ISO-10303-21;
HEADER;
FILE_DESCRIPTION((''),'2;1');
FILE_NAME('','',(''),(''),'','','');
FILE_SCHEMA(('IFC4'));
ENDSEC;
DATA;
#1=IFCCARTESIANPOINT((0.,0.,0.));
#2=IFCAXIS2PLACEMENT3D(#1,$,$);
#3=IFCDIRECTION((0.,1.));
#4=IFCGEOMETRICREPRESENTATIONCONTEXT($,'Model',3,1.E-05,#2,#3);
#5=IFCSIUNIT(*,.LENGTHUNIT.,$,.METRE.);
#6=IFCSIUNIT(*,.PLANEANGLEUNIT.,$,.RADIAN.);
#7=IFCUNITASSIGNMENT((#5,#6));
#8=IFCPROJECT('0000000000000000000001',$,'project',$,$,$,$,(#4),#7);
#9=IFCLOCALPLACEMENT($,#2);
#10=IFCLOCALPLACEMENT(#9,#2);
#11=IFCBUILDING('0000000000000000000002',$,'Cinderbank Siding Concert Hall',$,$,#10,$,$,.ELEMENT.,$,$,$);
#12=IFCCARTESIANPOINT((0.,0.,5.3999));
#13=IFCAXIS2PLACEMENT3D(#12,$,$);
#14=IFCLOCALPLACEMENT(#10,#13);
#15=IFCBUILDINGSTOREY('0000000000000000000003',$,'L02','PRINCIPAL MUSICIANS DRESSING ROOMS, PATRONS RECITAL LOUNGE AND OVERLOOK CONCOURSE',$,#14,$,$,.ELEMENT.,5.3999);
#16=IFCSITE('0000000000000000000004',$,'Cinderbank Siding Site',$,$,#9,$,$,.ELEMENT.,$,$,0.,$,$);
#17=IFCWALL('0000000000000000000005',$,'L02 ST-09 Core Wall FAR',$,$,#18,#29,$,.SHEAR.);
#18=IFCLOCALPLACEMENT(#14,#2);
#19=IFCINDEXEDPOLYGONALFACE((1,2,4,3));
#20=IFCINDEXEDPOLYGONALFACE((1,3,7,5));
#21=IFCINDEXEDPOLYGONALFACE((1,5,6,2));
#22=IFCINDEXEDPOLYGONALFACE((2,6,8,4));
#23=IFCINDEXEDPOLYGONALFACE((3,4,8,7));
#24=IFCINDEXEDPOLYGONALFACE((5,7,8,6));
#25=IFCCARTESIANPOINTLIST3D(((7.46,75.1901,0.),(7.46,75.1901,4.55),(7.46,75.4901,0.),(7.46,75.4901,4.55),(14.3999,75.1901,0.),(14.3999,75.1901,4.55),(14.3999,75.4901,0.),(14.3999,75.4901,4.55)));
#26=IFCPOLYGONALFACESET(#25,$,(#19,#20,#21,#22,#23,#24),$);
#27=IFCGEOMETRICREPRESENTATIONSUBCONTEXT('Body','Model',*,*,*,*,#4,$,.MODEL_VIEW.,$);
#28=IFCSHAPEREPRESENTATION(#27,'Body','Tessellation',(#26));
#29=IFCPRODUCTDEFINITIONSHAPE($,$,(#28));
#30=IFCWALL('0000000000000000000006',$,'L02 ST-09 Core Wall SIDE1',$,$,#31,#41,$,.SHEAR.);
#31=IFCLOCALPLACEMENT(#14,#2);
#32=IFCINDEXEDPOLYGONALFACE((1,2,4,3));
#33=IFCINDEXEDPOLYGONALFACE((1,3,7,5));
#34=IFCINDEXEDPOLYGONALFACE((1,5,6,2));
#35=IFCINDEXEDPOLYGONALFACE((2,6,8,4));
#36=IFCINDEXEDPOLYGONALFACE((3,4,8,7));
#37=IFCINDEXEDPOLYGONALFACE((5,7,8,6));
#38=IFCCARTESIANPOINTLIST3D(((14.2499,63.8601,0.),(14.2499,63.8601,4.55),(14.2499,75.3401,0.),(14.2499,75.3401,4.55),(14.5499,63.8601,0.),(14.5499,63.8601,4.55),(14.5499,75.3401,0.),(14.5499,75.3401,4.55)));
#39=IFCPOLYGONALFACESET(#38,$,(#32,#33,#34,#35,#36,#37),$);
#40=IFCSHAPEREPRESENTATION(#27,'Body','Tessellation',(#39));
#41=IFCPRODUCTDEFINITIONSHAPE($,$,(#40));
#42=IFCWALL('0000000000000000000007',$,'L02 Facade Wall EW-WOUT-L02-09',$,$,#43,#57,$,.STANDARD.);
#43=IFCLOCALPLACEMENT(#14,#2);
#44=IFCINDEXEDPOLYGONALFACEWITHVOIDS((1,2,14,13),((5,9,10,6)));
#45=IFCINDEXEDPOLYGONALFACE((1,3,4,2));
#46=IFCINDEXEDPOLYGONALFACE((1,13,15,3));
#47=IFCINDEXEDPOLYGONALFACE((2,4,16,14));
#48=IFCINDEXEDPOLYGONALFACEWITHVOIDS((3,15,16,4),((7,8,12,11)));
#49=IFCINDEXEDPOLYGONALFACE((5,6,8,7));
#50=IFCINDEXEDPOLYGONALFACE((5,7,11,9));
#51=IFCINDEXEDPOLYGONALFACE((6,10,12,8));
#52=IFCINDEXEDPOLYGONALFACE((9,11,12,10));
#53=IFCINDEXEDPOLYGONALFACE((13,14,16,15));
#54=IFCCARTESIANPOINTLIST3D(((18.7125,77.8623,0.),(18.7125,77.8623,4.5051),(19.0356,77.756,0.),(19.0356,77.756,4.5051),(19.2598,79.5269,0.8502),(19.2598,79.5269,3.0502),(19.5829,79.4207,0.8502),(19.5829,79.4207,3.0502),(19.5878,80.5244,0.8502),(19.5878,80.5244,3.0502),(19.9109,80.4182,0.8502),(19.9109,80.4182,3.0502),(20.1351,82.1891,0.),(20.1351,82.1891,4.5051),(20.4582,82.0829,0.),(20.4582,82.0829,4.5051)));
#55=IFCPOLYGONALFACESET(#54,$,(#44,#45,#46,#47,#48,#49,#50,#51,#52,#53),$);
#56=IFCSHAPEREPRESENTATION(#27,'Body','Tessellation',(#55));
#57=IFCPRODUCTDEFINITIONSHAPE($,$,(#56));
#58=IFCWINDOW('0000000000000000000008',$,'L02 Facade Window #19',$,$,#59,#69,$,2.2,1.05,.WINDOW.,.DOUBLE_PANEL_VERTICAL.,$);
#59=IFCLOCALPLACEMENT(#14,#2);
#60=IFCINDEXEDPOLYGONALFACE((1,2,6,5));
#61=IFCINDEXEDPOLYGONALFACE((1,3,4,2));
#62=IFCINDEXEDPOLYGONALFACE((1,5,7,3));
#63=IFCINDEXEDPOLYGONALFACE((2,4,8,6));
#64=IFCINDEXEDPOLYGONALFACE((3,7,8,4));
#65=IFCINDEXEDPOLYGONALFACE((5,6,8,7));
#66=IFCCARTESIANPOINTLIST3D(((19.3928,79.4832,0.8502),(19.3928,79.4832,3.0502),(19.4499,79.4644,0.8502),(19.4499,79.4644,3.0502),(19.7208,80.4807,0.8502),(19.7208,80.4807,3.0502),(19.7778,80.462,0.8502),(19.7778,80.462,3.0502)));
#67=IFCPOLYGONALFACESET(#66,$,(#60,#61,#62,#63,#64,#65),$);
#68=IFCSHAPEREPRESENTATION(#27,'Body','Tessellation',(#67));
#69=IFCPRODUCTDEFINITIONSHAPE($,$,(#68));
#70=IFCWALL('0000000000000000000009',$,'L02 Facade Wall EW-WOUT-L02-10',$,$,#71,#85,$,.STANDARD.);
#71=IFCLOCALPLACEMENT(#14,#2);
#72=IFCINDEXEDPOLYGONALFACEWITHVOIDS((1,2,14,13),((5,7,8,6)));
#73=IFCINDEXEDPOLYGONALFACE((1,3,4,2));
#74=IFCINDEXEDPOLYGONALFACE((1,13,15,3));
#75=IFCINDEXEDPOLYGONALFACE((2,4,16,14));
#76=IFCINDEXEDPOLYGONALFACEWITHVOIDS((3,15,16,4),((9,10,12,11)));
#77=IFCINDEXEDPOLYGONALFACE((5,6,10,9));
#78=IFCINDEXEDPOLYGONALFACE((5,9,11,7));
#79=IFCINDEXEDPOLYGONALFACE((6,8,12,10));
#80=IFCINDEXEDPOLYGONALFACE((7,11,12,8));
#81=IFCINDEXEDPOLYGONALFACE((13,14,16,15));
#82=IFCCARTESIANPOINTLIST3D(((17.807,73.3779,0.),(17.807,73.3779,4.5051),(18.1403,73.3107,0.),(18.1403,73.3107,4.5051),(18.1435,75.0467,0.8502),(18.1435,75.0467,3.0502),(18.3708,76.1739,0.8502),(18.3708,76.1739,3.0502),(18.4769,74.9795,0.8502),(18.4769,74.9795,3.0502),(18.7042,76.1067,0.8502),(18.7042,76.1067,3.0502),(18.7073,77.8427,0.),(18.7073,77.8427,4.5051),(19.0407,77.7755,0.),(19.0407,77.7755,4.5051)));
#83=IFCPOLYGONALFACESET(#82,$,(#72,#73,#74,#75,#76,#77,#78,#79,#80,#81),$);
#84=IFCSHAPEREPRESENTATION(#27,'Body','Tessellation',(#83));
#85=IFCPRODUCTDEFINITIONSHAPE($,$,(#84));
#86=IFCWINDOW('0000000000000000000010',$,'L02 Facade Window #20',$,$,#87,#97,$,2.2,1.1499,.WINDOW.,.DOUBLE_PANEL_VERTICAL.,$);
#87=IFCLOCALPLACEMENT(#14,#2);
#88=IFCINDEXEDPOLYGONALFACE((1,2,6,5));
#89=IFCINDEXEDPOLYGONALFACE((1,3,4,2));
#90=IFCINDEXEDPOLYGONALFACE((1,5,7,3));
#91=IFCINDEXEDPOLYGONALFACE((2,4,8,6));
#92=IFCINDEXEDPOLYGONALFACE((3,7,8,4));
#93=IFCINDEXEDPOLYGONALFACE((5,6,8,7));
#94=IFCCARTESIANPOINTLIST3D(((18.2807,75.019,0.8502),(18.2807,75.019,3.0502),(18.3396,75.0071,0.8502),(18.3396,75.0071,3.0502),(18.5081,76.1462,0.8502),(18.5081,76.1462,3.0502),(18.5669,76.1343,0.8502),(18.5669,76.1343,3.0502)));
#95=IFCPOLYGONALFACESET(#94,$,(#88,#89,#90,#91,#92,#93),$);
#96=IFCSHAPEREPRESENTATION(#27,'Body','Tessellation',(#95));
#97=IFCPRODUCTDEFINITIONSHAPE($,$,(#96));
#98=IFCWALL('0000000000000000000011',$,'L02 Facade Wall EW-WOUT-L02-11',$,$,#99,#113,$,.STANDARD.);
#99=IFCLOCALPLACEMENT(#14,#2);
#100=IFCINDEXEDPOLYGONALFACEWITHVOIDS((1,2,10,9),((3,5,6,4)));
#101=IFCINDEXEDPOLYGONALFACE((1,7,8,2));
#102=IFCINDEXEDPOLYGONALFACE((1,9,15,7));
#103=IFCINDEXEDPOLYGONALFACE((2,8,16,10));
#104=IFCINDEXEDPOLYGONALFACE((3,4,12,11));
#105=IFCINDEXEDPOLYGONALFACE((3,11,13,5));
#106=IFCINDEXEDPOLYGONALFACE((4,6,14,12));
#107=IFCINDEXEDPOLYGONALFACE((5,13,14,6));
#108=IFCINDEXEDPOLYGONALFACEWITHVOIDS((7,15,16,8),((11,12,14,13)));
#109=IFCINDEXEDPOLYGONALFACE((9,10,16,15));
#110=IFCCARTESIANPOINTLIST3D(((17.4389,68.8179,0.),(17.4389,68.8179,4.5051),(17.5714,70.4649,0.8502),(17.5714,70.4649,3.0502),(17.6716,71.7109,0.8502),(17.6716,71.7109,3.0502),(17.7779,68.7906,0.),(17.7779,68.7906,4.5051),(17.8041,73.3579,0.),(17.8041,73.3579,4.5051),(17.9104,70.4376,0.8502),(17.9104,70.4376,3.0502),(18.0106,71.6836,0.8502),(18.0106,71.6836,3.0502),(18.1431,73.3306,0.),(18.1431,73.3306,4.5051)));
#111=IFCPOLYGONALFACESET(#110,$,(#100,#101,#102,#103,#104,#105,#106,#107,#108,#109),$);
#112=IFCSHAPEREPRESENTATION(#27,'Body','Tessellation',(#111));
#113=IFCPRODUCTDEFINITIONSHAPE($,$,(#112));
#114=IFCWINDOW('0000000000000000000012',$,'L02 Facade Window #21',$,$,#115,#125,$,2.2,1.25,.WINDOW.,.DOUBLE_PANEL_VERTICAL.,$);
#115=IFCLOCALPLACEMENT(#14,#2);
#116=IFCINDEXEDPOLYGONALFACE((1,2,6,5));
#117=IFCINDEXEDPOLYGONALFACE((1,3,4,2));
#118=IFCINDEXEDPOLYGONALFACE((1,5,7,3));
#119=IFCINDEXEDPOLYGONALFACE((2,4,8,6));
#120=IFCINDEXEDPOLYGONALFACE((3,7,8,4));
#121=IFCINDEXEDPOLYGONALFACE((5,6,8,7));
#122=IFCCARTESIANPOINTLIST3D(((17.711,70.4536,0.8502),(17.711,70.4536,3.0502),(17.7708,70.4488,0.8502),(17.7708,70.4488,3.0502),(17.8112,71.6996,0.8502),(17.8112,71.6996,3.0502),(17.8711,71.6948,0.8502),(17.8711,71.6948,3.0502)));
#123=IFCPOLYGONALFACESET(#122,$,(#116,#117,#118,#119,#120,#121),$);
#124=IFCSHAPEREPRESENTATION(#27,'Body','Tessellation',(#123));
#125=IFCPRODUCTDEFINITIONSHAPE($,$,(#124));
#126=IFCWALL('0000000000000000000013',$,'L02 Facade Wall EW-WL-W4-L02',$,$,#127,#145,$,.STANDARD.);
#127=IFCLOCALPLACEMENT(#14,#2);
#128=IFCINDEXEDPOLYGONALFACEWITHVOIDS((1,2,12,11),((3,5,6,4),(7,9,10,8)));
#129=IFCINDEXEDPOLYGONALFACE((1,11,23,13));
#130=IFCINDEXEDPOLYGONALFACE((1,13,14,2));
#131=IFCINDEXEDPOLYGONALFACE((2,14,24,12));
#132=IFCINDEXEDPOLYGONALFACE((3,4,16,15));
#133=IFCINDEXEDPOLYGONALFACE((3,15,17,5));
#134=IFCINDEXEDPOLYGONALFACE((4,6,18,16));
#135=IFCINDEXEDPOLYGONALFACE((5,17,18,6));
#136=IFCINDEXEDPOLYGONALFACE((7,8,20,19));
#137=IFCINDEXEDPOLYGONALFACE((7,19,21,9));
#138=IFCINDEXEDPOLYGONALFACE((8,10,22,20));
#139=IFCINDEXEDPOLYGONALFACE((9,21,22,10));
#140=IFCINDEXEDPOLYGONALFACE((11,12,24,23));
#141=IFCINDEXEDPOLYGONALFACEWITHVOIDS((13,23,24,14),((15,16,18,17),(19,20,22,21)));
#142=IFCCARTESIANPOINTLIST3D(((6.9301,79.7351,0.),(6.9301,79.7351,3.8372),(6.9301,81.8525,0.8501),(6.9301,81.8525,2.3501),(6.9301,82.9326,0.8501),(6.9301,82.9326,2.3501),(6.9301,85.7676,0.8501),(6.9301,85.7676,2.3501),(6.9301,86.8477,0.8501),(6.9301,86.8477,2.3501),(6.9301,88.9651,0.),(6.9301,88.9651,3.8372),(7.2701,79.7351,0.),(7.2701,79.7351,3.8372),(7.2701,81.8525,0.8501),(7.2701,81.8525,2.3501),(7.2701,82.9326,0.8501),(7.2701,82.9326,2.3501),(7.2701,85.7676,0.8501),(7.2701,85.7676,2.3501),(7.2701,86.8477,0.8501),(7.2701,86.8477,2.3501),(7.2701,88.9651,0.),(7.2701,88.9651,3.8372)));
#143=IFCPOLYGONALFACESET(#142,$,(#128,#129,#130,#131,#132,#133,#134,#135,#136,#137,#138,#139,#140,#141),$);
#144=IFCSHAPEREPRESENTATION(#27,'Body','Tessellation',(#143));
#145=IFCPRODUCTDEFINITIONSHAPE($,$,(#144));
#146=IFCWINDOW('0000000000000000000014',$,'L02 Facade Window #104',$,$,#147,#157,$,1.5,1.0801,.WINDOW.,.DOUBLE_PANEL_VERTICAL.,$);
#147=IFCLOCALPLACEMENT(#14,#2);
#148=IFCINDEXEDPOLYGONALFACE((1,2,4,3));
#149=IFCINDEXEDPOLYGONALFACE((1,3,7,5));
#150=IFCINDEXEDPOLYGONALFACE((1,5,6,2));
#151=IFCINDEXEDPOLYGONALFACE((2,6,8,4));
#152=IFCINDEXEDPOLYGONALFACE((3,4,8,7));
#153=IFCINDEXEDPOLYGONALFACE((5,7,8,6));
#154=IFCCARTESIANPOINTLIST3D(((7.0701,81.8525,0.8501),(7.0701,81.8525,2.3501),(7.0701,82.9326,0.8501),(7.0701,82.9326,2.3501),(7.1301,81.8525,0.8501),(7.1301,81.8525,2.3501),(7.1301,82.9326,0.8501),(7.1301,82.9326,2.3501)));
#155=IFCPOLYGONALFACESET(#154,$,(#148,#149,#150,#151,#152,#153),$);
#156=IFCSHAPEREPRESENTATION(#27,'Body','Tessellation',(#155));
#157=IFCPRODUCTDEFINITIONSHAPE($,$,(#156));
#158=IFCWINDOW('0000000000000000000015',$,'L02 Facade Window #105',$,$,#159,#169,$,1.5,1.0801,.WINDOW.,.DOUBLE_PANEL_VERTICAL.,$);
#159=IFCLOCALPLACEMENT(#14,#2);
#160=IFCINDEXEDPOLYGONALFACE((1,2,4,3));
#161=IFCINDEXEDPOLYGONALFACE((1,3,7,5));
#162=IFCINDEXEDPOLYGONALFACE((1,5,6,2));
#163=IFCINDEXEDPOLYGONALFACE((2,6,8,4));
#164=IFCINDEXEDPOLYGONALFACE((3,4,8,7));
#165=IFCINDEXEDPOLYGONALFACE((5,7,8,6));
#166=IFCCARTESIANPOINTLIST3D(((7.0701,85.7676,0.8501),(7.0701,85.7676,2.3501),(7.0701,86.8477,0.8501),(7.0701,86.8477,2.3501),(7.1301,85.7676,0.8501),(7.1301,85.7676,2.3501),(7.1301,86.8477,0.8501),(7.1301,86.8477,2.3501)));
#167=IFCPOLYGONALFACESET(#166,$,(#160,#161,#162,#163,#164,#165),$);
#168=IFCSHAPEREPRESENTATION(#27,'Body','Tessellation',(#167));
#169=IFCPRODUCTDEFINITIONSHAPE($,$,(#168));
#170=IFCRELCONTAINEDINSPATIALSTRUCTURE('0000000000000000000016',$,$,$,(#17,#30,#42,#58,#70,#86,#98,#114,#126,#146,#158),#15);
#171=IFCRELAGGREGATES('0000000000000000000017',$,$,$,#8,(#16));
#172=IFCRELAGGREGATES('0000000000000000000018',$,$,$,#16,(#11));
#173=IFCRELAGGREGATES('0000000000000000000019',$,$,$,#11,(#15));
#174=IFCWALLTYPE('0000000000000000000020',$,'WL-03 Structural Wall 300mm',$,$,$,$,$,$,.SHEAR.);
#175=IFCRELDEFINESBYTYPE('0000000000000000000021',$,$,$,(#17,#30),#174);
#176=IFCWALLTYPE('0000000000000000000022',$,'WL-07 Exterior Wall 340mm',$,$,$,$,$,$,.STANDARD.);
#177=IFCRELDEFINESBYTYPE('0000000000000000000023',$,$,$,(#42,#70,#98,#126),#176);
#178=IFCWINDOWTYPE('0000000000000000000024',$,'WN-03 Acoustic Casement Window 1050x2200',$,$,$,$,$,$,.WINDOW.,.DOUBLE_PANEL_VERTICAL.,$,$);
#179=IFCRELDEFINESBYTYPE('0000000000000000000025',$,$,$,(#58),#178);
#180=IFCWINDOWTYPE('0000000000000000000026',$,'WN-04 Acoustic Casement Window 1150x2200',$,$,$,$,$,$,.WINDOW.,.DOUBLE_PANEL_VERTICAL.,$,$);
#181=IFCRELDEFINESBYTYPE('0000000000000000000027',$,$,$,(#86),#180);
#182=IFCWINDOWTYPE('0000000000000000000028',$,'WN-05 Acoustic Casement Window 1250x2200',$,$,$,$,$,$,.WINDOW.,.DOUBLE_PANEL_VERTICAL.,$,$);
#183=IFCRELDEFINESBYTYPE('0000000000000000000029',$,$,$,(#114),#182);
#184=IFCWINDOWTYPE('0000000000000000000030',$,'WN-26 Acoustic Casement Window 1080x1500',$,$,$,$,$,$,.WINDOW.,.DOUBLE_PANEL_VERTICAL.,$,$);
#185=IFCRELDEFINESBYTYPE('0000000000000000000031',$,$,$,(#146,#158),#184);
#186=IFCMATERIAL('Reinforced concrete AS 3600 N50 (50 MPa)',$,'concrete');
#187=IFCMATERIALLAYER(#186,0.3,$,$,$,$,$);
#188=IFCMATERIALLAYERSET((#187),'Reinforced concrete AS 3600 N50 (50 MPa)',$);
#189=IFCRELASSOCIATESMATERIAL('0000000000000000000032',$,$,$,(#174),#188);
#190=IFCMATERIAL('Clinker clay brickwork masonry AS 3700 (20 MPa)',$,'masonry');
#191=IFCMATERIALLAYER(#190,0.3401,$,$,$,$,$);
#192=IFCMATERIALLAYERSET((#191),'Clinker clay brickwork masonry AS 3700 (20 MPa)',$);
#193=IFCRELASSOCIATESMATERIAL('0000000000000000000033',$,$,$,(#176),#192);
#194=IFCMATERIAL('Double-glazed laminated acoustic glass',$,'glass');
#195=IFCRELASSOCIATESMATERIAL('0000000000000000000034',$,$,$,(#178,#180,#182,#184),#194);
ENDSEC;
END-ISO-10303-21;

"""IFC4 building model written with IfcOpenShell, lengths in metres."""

from ifc_helpers import new_model, si_unit, direction, frame, frame_2d, origin, place, context, subcontext, project, spatial, rectangle, extrude, material, layer, layer_set, type_object, element, fill, save


model = new_model("IFC4")

# Units and contexts
model_context = context("Model", 3, precision=1e-05, world=origin(), true_north=direction((0.0, 1.0)))
body_context = subcontext(model_context, "Body", "Model", "MODEL_VIEW")
ifc_project = project(units=[si_unit("LENGTHUNIT", "METRE"), si_unit("PLANEANGLEUNIT", "RADIAN")], contexts=[model_context])

# Site, building, storey
site_placement = place(None, origin())
site = spatial("IfcSite", under=ifc_project, at=site_placement, Name="Cinderbank Siding Site", CompositionType="ELEMENT", RefElevation=0.0)
building_placement = place(site_placement, origin())
building = spatial("IfcBuilding", under=site, at=building_placement, Name="Cinderbank Siding Concert Hall", CompositionType="ELEMENT")
storey_placement = place(building_placement, frame((0.0, 0.0, 5.3999)))
storey = spatial("IfcBuildingStorey", under=building, at=storey_placement, Name="L02", Description="PRINCIPAL MUSICIANS DRESSING ROOMS, PATRONS RECITAL LOUNGE AND OVERLOOK CONCOURSE", CompositionType="ELEMENT", Elevation=5.3999)

# Shared definitions
ifc_material_1 = material(Name="Reinforced concrete AS 3600 N50 (50 MPa)", Category="concrete")

# Walls
ifc_layer_1 = layer(ifc_material_1, 0.3)
ifc_layer_set_1 = layer_set([ifc_layer_1], Name="Reinforced concrete AS 3600 N50 (50 MPa)")
wall_type_1 = type_object("IfcWallType", Name="WL-03 Structural Wall 300mm", PredefinedType="SHEAR", material=ifc_layer_set_1)
wall_1_placement = place(storey_placement, frame((7.46, 75.3401, 0.0), z_axis=(0.0, 0.0, 1.0), x_axis=(1.0, 0.0, 0.0)))
element("IfcWall", 1, at=wall_1_placement, inside=storey, type_object=wall_type_1, Name="L02 ST-09 Core Wall FAR", PredefinedType="SHEAR", context=body_context, shape_type="SweptSolid", body=[
    extrude(rectangle(XDim=6.9399, YDim=0.3, at=frame_2d((3.47, 0.0))), origin(), (0.0, 0.0, 1.0), 4.55),
])
wall_2_placement = place(storey_placement, frame((14.3999, 75.3401, 0.0), z_axis=(0.0, 0.0, 1.0), x_axis=(0.0, -1.0, 0.0)))
element("IfcWall", 2, at=wall_2_placement, inside=storey, type_object=wall_type_1, Name="L02 ST-09 Core Wall SIDE1", PredefinedType="SHEAR", context=body_context, shape_type="SweptSolid", body=[
    extrude(rectangle(XDim=11.48, YDim=0.3, at=frame_2d((5.74, 0.0))), origin(), (0.0, 0.0, 1.0), 4.55),
])

# Walls, openings, windows
ifc_material_2 = material(Name="Clinker clay brickwork masonry AS 3700 (20 MPa)", Category="masonry")
ifc_layer_2 = layer(ifc_material_2, 0.3401)
ifc_layer_set_2 = layer_set([ifc_layer_2], Name="Clinker clay brickwork masonry AS 3700 (20 MPa)")
wall_type_2 = type_object("IfcWallType", Name="WL-07 Exterior Wall 340mm", PredefinedType="STANDARD", material=ifc_layer_set_2)
wall_3_placement = place(storey_placement, frame((20.2966, 82.136, 0.0), z_axis=(0.0, 0.0, 1.0), x_axis=(-0.312334, -0.949972, 0.0)))
wall_3 = element("IfcWall", 3, at=wall_3_placement, inside=storey, type_object=wall_type_2, Name="L02 Facade Wall EW-WOUT-L02-09", PredefinedType="STANDARD", context=body_context, shape_type="SweptSolid", body=[
    extrude(rectangle(XDim=4.5547, YDim=0.3401, at=frame_2d((2.2773, 0.0))), origin(), (0.0, 0.0, 1.0), 4.5051),
])
opening_1_placement = place(wall_3_placement, frame((1.7524, 0.0, 0.8501)))
opening_1 = element("IfcOpeningElement", 4, at=opening_1_placement, cuts=wall_3, PredefinedType="OPENING", context=body_context, shape_type="SweptSolid", body=[
    extrude(rectangle(XDim=1.05, YDim=2.2, at=frame_2d((0.5249, 1.1001))), frame((0.0, 0.1821, 0.0), z_axis=(0.0, -1.0, 0.0), x_axis=(1.0, 0.0, 0.0)), (0.0, 0.0, 1.0), 0.364),
])
ifc_material_3 = material(Name="Double-glazed laminated acoustic glass", Category="glass")
window_type_1 = type_object("IfcWindowType", Name="WN-03 Acoustic Casement Window 1050x2200", PartitioningType="DOUBLE_PANEL_VERTICAL", PredefinedType="WINDOW", material=ifc_material_3)
window_1_placement = place(opening_1_placement, origin())
window_1 = element("IfcWindow", 5, at=window_1_placement, inside=storey, type_object=window_type_1, Name="L02 Facade Window #19", OverallHeight=2.2, OverallWidth=1.05, PartitioningType="DOUBLE_PANEL_VERTICAL", PredefinedType="WINDOW", context=body_context, shape_type="SweptSolid", body=[
    extrude(rectangle(XDim=1.05, YDim=2.2, at=frame_2d((0.5249, 1.1001))), frame((0.0, 0.03, 0.0), z_axis=(0.0, -1.0, 0.0), x_axis=(1.0, 0.0, 0.0)), (0.0, 0.0, 1.0), 0.0601),
])
fill(opening_1, window_1)
wall_4_placement = place(storey_placement, frame((18.874, 77.8091, 0.0), z_axis=(0.0, 0.0, 1.0), x_axis=(-0.197683, -0.980266, 0.0)))
wall_4 = element("IfcWall", 6, at=wall_4_placement, inside=storey, type_object=wall_type_2, Name="L02 Facade Wall EW-WOUT-L02-10", PredefinedType="STANDARD", context=body_context, shape_type="SweptSolid", body=[
    extrude(rectangle(XDim=4.5547, YDim=0.3401, at=frame_2d((2.2773, 0.0))), origin(), (0.0, 0.0, 1.0), 4.5051),
])
opening_2_placement = place(wall_4_placement, frame((1.7024, 0.0, 0.8501)))
opening_2 = element("IfcOpeningElement", 7, at=opening_2_placement, cuts=wall_4, PredefinedType="OPENING", context=body_context, shape_type="SweptSolid", body=[
    extrude(rectangle(XDim=1.1499, YDim=2.2, at=frame_2d((0.575, 1.1001))), frame((0.0, 0.1821, 0.0), z_axis=(0.0, -1.0, 0.0), x_axis=(1.0, 0.0, 0.0)), (0.0, 0.0, 1.0), 0.364),
])
window_type_2 = type_object("IfcWindowType", Name="WN-04 Acoustic Casement Window 1150x2200", PartitioningType="DOUBLE_PANEL_VERTICAL", PredefinedType="WINDOW", material=ifc_material_3)
window_2_placement = place(opening_2_placement, origin())
window_2 = element("IfcWindow", 8, at=window_2_placement, inside=storey, type_object=window_type_2, Name="L02 Facade Window #20", OverallHeight=2.2, OverallWidth=1.1499, PartitioningType="DOUBLE_PANEL_VERTICAL", PredefinedType="WINDOW", context=body_context, shape_type="SweptSolid", body=[
    extrude(rectangle(XDim=1.1499, YDim=2.2, at=frame_2d((0.575, 1.1001))), frame((0.0, 0.03, 0.0), z_axis=(0.0, -1.0, 0.0), x_axis=(1.0, 0.0, 0.0)), (0.0, 0.0, 1.0), 0.0601),
])
fill(opening_2, window_2)
wall_5_placement = place(storey_placement, frame((17.9736, 73.3442, 0.0), z_axis=(0.0, 0.0, 1.0), x_axis=(-0.080188, -0.99678, 0.0)))
wall_5 = element("IfcWall", 9, at=wall_5_placement, inside=storey, type_object=wall_type_2, Name="L02 Facade Wall EW-WOUT-L02-11", PredefinedType="STANDARD", context=body_context, shape_type="SweptSolid", body=[
    extrude(rectangle(XDim=4.5547, YDim=0.3401, at=frame_2d((2.2773, 0.0))), origin(), (0.0, 0.0, 1.0), 4.5051),
])
opening_3_placement = place(wall_5_placement, frame((1.6523, 0.0, 0.8501)))
opening_3 = element("IfcOpeningElement", 10, at=opening_3_placement, cuts=wall_5, PredefinedType="OPENING", context=body_context, shape_type="SweptSolid", body=[
    extrude(rectangle(XDim=1.25, YDim=2.2, at=frame_2d((0.625, 1.1001))), frame((0.0, 0.1821, 0.0), z_axis=(0.0, -1.0, 0.0), x_axis=(1.0, 0.0, 0.0)), (0.0, 0.0, 1.0), 0.364),
])
window_type_3 = type_object("IfcWindowType", Name="WN-05 Acoustic Casement Window 1250x2200", PartitioningType="DOUBLE_PANEL_VERTICAL", PredefinedType="WINDOW", material=ifc_material_3)
window_3_placement = place(opening_3_placement, origin())
window_3 = element("IfcWindow", 11, at=window_3_placement, inside=storey, type_object=window_type_3, Name="L02 Facade Window #21", OverallHeight=2.2, OverallWidth=1.25, PartitioningType="DOUBLE_PANEL_VERTICAL", PredefinedType="WINDOW", context=body_context, shape_type="SweptSolid", body=[
    extrude(rectangle(XDim=1.25, YDim=2.2, at=frame_2d((0.625, 1.1001))), frame((0.0, 0.03, 0.0), z_axis=(0.0, -1.0, 0.0), x_axis=(1.0, 0.0, 0.0)), (0.0, 0.0, 1.0), 0.0601),
])
fill(opening_3, window_3)

# Wall, openings, windows
wall_6_placement = place(storey_placement, frame((7.1001, 79.7351, 0.0), z_axis=(0.0, 0.0, 1.0), x_axis=(0.0, 1.0, 0.0)))
wall_6 = element("IfcWall", 12, at=wall_6_placement, inside=storey, type_object=wall_type_2, Name="L02 Facade Wall EW-WL-W4-L02", PredefinedType="STANDARD", context=body_context, shape_type="SweptSolid", body=[
    extrude(rectangle(XDim=9.23, YDim=0.3401, at=frame_2d((4.615, 0.0))), origin(), (0.0, 0.0, 1.0), 3.8372),
])
opening_4_placement = place(wall_6_placement, frame((2.1174, 0.0, 0.8501)))
opening_4 = element("IfcOpeningElement", 13, at=opening_4_placement, cuts=wall_6, PredefinedType="OPENING", context=body_context, shape_type="SweptSolid", body=[
    extrude(rectangle(XDim=1.0801, YDim=1.5, at=frame_2d((0.54, 0.75))), frame((0.0, 0.1821, 0.0), z_axis=(0.0, -1.0, 0.0), x_axis=(1.0, 0.0, 0.0)), (0.0, 0.0, 1.0), 0.364),
])
opening_5_placement = place(wall_6_placement, frame((6.0325, 0.0, 0.8501)))
opening_5 = element("IfcOpeningElement", 14, at=opening_5_placement, cuts=wall_6, PredefinedType="OPENING", context=body_context, shape_type="SweptSolid", body=[
    extrude(rectangle(XDim=1.0801, YDim=1.5, at=frame_2d((0.54, 0.75))), frame((0.0, 0.1821, 0.0), z_axis=(0.0, -1.0, 0.0), x_axis=(1.0, 0.0, 0.0)), (0.0, 0.0, 1.0), 0.364),
])
window_type_4 = type_object("IfcWindowType", Name="WN-26 Acoustic Casement Window 1080x1500", PartitioningType="DOUBLE_PANEL_VERTICAL", PredefinedType="WINDOW", material=ifc_material_3)
window_4_placement = place(opening_4_placement, origin())
window_4 = element("IfcWindow", 15, at=window_4_placement, inside=storey, type_object=window_type_4, Name="L02 Facade Window #104", OverallHeight=1.5, OverallWidth=1.0801, PartitioningType="DOUBLE_PANEL_VERTICAL", PredefinedType="WINDOW", context=body_context, shape_type="SweptSolid", body=[
    extrude(rectangle(XDim=1.0801, YDim=1.5, at=frame_2d((0.54, 0.75))), frame((0.0, 0.03, 0.0), z_axis=(0.0, -1.0, 0.0), x_axis=(1.0, 0.0, 0.0)), (0.0, 0.0, 1.0), 0.0601),
])
fill(opening_4, window_4)
window_5_placement = place(opening_5_placement, origin())
window_5 = element("IfcWindow", 16, at=window_5_placement, inside=storey, type_object=window_type_4, Name="L02 Facade Window #105", OverallHeight=1.5, OverallWidth=1.0801, PartitioningType="DOUBLE_PANEL_VERTICAL", PredefinedType="WINDOW", context=body_context, shape_type="SweptSolid", body=[
    extrude(rectangle(XDim=1.0801, YDim=1.5, at=frame_2d((0.54, 0.75))), frame((0.0, 0.03, 0.0), z_axis=(0.0, -1.0, 0.0), x_axis=(1.0, 0.0, 0.0)), (0.0, 0.0, 1.0), 0.0601),
])
fill(opening_5, window_5)

save(model, "model.ifc")
